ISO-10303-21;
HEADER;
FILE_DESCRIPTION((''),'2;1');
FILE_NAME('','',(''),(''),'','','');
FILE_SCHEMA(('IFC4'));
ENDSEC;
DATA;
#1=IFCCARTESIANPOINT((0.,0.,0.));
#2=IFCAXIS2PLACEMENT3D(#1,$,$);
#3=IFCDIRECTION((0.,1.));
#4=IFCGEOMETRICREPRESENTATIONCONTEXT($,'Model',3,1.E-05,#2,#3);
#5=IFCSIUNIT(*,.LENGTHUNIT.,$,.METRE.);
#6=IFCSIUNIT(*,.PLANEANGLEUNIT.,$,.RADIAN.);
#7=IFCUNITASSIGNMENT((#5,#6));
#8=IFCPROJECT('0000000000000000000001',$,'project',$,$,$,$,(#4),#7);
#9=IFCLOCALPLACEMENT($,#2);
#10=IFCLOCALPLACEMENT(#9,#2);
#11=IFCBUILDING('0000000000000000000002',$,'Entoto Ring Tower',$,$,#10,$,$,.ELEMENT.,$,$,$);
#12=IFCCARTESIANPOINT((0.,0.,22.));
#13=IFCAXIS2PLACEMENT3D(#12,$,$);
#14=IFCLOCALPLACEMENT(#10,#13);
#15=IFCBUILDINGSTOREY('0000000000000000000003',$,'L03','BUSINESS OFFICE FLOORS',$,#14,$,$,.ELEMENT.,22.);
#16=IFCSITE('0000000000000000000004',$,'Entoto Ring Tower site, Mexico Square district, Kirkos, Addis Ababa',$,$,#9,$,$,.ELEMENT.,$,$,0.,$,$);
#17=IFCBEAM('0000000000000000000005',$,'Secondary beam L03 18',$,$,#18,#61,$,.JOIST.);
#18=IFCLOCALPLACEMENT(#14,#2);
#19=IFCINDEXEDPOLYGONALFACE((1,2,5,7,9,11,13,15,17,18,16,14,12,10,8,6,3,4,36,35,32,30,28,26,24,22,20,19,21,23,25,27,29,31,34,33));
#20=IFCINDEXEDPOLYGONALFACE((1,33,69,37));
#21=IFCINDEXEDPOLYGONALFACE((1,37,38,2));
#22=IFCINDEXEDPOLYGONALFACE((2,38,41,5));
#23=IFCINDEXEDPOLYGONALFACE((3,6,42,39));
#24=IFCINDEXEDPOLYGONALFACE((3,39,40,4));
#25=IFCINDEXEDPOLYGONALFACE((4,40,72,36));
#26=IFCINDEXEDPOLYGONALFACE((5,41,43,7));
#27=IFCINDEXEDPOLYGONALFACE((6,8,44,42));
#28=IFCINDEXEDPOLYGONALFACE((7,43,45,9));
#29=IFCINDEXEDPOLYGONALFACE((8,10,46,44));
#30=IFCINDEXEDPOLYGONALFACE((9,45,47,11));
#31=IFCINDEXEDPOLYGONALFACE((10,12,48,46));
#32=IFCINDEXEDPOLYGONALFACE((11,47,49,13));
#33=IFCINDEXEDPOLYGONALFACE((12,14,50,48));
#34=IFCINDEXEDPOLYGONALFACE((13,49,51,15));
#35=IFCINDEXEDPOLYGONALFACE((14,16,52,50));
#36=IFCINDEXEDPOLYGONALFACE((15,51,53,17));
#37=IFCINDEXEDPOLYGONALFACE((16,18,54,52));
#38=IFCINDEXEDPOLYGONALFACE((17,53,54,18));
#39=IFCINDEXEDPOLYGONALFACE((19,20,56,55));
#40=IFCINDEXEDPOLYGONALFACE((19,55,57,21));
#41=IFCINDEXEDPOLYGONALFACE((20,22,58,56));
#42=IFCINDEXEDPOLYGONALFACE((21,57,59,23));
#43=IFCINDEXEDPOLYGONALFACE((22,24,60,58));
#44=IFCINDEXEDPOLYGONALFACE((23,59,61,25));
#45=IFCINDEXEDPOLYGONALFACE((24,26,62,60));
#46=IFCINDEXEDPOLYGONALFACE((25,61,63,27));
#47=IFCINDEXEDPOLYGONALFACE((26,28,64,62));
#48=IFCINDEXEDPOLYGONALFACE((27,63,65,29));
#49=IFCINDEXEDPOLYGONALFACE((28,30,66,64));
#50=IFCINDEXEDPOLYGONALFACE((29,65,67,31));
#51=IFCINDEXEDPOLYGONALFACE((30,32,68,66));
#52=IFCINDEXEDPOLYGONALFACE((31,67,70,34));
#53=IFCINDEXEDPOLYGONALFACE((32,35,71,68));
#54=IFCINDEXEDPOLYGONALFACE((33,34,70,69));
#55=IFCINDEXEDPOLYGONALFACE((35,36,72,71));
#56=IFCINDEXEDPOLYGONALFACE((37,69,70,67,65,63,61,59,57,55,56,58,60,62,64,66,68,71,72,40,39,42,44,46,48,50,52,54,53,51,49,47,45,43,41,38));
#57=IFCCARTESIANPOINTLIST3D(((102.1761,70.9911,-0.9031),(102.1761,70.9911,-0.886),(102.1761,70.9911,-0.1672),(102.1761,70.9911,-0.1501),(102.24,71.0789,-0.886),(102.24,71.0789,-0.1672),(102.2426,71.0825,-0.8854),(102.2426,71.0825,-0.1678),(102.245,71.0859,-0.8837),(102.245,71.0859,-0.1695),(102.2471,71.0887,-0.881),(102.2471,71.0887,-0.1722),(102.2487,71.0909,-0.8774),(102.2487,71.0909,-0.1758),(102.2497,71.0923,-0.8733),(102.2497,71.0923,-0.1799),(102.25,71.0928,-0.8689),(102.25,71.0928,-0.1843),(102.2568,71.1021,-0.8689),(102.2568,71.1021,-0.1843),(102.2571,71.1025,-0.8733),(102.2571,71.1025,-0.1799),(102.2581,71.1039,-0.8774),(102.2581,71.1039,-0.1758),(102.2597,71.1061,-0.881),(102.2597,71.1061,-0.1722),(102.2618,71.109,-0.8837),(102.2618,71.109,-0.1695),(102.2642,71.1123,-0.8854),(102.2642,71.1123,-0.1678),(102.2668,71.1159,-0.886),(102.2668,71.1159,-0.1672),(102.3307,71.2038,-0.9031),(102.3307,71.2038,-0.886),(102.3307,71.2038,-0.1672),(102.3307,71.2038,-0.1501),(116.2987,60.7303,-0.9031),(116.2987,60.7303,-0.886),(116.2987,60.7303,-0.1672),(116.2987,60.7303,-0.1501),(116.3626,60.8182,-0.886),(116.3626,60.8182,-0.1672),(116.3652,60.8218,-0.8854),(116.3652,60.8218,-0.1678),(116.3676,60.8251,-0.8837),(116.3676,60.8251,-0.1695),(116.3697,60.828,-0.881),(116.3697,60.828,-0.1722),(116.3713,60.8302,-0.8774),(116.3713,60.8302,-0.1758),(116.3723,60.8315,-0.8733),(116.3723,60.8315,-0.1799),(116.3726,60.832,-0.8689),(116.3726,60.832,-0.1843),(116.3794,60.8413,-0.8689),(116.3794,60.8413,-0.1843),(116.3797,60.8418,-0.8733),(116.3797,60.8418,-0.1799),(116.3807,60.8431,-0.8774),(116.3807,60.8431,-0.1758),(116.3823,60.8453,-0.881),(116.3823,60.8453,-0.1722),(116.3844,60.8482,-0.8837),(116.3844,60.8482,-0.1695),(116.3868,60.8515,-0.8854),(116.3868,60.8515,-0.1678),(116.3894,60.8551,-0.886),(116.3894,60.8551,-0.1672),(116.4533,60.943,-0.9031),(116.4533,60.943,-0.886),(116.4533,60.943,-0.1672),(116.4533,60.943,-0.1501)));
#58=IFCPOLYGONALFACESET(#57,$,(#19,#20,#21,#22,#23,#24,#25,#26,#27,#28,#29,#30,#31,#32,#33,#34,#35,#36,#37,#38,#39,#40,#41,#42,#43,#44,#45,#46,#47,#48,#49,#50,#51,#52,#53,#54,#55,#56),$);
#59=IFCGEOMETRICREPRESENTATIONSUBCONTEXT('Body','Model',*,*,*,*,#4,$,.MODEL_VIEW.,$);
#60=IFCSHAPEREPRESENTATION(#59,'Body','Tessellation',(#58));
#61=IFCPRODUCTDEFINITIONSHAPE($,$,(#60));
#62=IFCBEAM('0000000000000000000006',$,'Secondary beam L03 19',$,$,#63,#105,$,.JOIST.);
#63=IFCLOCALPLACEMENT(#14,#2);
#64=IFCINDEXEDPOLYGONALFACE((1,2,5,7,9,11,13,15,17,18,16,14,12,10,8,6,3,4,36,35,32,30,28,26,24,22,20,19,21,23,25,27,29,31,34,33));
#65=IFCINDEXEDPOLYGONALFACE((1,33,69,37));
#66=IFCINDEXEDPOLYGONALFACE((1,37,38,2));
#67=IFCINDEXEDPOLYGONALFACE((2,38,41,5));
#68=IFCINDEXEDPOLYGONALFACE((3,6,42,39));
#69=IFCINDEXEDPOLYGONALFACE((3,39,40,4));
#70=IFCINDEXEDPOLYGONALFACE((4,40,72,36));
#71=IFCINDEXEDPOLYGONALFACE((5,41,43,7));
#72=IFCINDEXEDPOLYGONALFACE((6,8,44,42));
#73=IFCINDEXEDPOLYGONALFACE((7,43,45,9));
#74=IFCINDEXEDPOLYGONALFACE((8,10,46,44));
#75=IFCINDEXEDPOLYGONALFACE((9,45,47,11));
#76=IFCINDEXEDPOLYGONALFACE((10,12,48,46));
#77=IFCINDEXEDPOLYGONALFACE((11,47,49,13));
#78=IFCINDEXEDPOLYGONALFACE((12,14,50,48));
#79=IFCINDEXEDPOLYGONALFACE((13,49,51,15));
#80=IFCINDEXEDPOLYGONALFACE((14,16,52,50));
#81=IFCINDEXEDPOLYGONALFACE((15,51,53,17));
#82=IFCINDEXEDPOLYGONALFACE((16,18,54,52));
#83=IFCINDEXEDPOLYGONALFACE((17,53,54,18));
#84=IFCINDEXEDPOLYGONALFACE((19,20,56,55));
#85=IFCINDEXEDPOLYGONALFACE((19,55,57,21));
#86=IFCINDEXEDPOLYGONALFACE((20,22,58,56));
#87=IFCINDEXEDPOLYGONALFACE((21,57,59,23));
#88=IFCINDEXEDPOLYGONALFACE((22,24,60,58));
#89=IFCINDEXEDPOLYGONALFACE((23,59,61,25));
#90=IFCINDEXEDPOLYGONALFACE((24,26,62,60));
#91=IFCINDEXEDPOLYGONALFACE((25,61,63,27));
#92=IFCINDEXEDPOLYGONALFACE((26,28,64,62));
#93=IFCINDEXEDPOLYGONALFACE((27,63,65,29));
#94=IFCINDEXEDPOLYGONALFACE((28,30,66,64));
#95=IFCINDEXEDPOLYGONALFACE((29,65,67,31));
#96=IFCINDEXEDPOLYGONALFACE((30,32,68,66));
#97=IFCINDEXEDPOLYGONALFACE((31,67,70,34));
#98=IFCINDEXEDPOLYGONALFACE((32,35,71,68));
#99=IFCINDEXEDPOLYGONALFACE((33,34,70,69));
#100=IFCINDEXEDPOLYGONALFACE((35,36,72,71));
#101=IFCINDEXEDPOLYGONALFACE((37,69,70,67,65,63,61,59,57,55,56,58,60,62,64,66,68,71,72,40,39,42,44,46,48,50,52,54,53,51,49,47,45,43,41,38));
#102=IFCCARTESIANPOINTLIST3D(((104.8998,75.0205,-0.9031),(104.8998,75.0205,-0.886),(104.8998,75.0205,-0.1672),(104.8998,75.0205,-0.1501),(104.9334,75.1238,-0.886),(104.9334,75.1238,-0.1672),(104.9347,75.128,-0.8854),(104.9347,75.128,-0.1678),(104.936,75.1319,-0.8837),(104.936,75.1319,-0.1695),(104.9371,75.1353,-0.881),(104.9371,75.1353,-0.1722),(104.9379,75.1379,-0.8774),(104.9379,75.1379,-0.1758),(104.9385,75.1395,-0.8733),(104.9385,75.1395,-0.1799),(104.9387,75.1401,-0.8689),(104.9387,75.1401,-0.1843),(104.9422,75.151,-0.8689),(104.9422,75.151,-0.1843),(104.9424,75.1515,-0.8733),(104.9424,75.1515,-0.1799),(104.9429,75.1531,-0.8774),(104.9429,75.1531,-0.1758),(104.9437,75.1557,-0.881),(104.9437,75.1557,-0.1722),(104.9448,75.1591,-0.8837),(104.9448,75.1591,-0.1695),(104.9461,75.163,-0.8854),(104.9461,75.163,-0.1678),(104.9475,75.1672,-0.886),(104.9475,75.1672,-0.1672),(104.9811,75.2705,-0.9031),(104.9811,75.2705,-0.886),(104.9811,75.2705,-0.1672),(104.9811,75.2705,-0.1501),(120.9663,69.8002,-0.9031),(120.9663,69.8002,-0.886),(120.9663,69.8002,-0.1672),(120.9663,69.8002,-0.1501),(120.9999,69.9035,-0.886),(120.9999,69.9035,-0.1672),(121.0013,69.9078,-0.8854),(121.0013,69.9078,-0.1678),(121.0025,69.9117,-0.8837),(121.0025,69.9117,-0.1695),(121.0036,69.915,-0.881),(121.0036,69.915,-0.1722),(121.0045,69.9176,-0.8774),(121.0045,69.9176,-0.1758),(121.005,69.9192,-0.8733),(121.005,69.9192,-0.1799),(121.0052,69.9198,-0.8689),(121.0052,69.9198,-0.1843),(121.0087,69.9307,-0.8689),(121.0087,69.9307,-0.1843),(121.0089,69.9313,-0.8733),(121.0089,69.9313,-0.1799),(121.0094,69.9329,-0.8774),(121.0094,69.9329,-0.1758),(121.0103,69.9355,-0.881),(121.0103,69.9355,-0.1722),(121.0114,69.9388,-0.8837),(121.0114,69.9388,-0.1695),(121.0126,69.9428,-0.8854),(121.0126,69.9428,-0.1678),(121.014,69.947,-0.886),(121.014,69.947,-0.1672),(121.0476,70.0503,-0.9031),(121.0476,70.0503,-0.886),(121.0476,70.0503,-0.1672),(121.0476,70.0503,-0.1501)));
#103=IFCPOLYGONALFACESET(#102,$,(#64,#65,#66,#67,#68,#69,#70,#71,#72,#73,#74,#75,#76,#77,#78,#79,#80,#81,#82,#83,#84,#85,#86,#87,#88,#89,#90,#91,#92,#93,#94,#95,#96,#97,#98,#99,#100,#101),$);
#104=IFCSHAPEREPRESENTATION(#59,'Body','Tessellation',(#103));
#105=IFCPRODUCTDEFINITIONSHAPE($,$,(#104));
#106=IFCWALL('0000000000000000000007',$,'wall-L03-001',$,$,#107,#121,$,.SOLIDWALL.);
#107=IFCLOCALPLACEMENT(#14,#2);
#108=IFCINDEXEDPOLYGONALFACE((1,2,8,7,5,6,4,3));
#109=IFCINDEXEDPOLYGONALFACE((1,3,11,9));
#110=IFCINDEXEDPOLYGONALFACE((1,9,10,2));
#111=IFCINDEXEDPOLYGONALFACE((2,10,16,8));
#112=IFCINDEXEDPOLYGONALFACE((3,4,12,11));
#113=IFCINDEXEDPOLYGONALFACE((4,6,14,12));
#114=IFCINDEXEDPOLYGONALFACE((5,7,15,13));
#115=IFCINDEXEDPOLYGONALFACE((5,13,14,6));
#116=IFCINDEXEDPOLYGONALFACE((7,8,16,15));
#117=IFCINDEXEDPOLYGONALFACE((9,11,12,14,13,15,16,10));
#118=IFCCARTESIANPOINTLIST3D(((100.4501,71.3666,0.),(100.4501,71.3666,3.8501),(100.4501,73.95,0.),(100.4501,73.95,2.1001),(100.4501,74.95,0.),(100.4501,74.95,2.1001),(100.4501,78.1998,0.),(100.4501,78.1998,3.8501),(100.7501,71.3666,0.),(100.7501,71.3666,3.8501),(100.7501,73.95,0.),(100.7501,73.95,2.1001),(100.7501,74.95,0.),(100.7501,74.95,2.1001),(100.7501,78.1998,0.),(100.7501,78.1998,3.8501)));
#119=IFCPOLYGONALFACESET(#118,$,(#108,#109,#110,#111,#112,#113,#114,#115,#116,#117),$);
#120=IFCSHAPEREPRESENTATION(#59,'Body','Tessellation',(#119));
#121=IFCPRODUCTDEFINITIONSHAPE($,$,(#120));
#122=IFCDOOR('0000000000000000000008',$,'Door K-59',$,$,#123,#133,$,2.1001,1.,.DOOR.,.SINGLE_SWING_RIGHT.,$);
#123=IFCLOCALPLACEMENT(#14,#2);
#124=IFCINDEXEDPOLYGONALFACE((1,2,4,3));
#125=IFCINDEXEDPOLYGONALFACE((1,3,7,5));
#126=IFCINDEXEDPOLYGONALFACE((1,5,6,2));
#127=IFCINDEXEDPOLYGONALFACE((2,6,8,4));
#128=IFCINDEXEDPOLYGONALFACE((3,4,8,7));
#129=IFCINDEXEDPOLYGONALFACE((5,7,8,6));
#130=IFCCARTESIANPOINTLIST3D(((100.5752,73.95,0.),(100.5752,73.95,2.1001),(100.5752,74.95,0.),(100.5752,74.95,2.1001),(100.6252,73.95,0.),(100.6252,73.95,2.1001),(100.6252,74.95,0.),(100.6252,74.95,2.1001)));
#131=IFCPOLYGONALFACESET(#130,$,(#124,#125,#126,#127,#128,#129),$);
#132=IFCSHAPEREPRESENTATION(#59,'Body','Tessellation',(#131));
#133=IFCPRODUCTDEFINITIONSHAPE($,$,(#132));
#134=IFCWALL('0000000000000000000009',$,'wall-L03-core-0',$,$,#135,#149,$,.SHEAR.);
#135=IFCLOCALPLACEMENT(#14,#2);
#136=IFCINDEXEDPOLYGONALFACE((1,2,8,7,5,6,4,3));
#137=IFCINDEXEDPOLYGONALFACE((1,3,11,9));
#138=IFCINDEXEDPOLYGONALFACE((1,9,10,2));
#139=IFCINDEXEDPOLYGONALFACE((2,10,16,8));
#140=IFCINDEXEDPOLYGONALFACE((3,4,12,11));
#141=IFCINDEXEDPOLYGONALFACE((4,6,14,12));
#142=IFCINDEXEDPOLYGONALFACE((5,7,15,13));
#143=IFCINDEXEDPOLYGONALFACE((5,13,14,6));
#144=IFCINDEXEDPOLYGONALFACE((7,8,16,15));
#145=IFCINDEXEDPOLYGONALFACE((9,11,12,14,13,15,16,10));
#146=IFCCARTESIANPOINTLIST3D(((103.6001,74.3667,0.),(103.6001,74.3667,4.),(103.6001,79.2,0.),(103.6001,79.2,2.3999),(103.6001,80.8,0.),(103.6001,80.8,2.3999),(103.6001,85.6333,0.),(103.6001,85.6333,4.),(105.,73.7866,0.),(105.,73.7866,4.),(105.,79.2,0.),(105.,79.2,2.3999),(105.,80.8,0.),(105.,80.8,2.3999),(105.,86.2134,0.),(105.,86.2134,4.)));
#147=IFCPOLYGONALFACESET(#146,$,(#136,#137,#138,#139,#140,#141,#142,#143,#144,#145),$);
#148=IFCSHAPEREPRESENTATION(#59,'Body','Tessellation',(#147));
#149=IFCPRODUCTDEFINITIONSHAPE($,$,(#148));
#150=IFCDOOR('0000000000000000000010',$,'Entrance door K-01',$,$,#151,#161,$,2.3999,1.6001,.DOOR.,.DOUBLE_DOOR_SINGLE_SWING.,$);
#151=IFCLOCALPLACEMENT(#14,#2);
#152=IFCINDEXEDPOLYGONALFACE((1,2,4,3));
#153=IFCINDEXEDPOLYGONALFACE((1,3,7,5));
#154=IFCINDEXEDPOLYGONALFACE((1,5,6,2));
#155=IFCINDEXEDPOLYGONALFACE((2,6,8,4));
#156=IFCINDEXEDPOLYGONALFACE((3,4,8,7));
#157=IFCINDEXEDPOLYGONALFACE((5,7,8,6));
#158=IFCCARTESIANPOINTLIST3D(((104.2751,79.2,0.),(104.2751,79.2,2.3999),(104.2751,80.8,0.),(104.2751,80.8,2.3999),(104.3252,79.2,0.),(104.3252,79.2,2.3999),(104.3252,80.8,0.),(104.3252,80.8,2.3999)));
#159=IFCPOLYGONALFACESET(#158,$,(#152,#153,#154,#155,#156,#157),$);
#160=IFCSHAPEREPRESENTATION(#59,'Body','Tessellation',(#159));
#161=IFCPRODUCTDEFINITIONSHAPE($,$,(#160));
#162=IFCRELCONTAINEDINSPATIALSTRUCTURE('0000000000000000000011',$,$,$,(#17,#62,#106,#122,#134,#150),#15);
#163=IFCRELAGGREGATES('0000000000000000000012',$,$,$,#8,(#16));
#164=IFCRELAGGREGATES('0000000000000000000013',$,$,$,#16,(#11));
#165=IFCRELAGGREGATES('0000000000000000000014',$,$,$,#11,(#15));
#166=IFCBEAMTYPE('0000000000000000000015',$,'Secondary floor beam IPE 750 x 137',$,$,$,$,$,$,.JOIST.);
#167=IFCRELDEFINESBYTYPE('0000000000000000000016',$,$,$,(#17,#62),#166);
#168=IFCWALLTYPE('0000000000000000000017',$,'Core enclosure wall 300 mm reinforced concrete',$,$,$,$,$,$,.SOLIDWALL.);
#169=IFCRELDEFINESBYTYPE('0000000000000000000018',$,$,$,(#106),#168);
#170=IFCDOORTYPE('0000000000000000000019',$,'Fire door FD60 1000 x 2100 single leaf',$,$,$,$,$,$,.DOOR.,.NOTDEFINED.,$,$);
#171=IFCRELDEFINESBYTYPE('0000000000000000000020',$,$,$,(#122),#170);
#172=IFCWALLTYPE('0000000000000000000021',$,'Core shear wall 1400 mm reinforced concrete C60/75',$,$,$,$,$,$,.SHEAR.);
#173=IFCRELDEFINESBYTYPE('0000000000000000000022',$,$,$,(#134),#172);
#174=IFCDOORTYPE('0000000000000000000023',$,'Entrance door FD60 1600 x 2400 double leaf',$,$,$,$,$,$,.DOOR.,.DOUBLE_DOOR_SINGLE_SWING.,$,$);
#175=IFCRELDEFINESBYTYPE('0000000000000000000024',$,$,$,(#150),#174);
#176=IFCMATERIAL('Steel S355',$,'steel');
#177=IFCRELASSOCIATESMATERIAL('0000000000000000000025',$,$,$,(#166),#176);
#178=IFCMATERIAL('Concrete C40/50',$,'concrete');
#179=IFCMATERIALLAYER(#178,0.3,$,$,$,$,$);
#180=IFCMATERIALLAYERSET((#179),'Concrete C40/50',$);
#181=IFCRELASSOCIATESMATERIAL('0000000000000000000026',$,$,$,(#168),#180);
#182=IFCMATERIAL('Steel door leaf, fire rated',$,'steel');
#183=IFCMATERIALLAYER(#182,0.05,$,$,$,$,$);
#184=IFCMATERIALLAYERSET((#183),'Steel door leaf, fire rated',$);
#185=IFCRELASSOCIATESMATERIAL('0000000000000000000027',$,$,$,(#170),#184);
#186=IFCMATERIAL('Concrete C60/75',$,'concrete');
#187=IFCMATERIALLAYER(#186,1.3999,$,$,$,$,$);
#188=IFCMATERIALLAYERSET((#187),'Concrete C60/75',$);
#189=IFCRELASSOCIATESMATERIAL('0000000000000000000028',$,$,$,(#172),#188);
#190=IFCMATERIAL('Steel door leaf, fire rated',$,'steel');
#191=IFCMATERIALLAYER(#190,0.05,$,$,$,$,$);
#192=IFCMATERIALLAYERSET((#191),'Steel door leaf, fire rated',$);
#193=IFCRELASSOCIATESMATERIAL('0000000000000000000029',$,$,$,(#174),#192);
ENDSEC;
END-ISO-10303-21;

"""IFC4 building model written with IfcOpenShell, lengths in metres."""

from ifc_helpers import new_model, si_unit, direction, frame, frame_2d, origin, origin_2d, place, context, subcontext, project, spatial, polyline, rectangle, i_section, outline, extrude, material, layer, layer_set, material_profile, profile_set, type_object, element, fill, save


model = new_model("IFC4")

# Units and contexts
model_context = context("Model", 3, precision=1e-05, world=origin(), true_north=direction((0.0, 1.0)))
body_context = subcontext(model_context, "Body", "Model", "MODEL_VIEW")
ifc_project = project(units=[si_unit("LENGTHUNIT", "METRE"), si_unit("PLANEANGLEUNIT", "RADIAN")], contexts=[model_context])

# Site, building, storey
site_placement = place(None, origin())
site = spatial("IfcSite", under=ifc_project, at=site_placement, Name="Entoto Ring Tower site, Mexico Square district, Kirkos, Addis Ababa", CompositionType="ELEMENT", RefElevation=0.0)
building_placement = place(site_placement, origin())
building = spatial("IfcBuilding", under=site, at=building_placement, Name="Entoto Ring Tower", CompositionType="ELEMENT")
storey_placement = place(building_placement, frame((0.0, 0.0, 22.0)))
storey = spatial("IfcBuildingStorey", under=building, at=storey_placement, Name="L03", Description="BUSINESS OFFICE FLOORS", CompositionType="ELEMENT", Elevation=22.0)

# Beams
ifc_material_1 = material(Name="Steel S355", Category="steel")
ifc_material_profile_1 = material_profile(ifc_material_1, i_section(OverallWidth=0.2629, OverallDepth=0.7529, WebThickness=0.0115, FlangeThickness=0.0171, FilletRadius=0.0171, at=origin_2d()), Name="IPE 750 x 137")
ifc_profile_set_1 = profile_set([ifc_material_profile_1], Name="Steel S355")
beam_type_1 = type_object("IfcBeamType", Name="Secondary floor beam IPE 750 x 137", PredefinedType="JOIST", material=ifc_profile_set_1)
for number, where, z_axis, x_axis, name in (
    (1, (102.2534, 71.0974, -0.5266), (0.809014, -0.587789, 0.0), (0.587789, 0.809014, 0.0), "Secondary beam L03 18"),
):
    element("IfcBeam", number, at=place(storey_placement, frame(where, z_axis=z_axis, x_axis=x_axis)), inside=storey, type_object=beam_type_1, Name=name, PredefinedType="JOIST", context=body_context, shape_type="SweptSolid", body=[
        extrude(i_section(OverallWidth=0.2629, OverallDepth=0.7529, WebThickness=0.0115, FlangeThickness=0.0171, FilletRadius=0.0171, at=origin_2d()), origin(), (0.0, 0.0, 1.0), 17.4565),
    ])
beam_1_placement = place(storey_placement, frame((104.9404, 75.1455, -0.5266), z_axis=(0.951058, -0.309013, 0.0), x_axis=(0.309013, 0.951058, 0.0)))
element("IfcBeam", 2, at=beam_1_placement, inside=storey, type_object=beam_type_1, Name="Secondary beam L03 19", PredefinedType="JOIST", context=body_context, shape_type="SweptSolid", body=[
    extrude(i_section(OverallWidth=0.2629, OverallDepth=0.7529, WebThickness=0.0115, FlangeThickness=0.0171, FilletRadius=0.0171, at=origin_2d()), origin(), (0.0, 0.0, 1.0), 16.8933),
])

# Walls, openings, doors
ifc_material_2 = material(Name="Concrete C40/50", Category="concrete")
ifc_layer_1 = layer(ifc_material_2, 0.3)
ifc_layer_set_1 = layer_set([ifc_layer_1], Name="Concrete C40/50")
wall_type_1 = type_object("IfcWallType", Name="Core enclosure wall 300 mm reinforced concrete", PredefinedType="SOLIDWALL", material=ifc_layer_set_1)
wall_1_placement = place(storey_placement, frame((100.6001, 71.3667, 0.0), z_axis=(0.0, 0.0, 1.0), x_axis=(0.0, 1.0, 0.0)))
wall_1 = element("IfcWall", 3, at=wall_1_placement, inside=storey, type_object=wall_type_1, Name="wall-L03-001", PredefinedType="SOLIDWALL", context=body_context, shape_type="SweptSolid", body=[
    extrude(rectangle(XDim=6.8333, YDim=0.3, at=frame_2d((3.4165, 0.0))), origin(), (0.0, 0.0, 1.0), 3.8501),
])
opening_1_placement = place(wall_1_placement, frame((2.5833, 0.0, 0.0)))
opening_1 = element("IfcOpeningElement", 4, at=opening_1_placement, cuts=wall_1, PredefinedType="OPENING", context=body_context, shape_type="SweptSolid", body=[
    extrude(rectangle(XDim=1.0, YDim=2.1001, at=frame_2d((0.5, 1.05))), frame((0.0, 0.1602, 0.0), z_axis=(0.0, -1.0, 0.0), x_axis=(1.0, 0.0, 0.0)), (0.0, 0.0, 1.0), 0.3201),
])
ifc_material_3 = material(Name="Steel door leaf, fire rated", Category="steel")
ifc_layer_2 = layer(ifc_material_3, 0.05)
ifc_layer_set_2 = layer_set([ifc_layer_2], Name="Steel door leaf, fire rated")
door_type_1 = type_object("IfcDoorType", Name="Fire door FD60 1000 x 2100 single leaf", OperationType="NOTDEFINED", PredefinedType="DOOR", material=ifc_layer_set_2)
door_1_placement = place(opening_1_placement, origin())
door_1 = element("IfcDoor", 5, at=door_1_placement, inside=storey, type_object=door_type_1, Name="Door K-59", OperationType="SINGLE_SWING_RIGHT", OverallHeight=2.1001, OverallWidth=1.0, PredefinedType="DOOR", context=body_context, shape_type="SweptSolid", body=[
    extrude(rectangle(XDim=1.0, YDim=2.1001, at=frame_2d((0.5, 1.05))), frame((0.0, 0.0249, 0.0), z_axis=(0.0, -1.0, 0.0), x_axis=(1.0, 0.0, 0.0)), (0.0, 0.0, 1.0), 0.05),
])
fill(opening_1, door_1)
ifc_material_4 = material(Name="Concrete C60/75", Category="concrete")
ifc_layer_3 = layer(ifc_material_4, 1.3999)
ifc_layer_set_3 = layer_set([ifc_layer_3], Name="Concrete C60/75")
wall_type_2 = type_object("IfcWallType", Name="Core shear wall 1400 mm reinforced concrete C60/75", PredefinedType="SHEAR", material=ifc_layer_set_3)
wall_2_placement = place(storey_placement, frame((104.3, 74.0767, 0.0), z_axis=(0.0, 0.0, 1.0), x_axis=(0.0, 1.0, 0.0)))
wall_2 = element("IfcWall", 6, at=wall_2_placement, inside=storey, type_object=wall_type_2, Name="wall-L03-core-0", PredefinedType="SHEAR", context=body_context, shape_type="SweptSolid", body=[
    extrude(outline(polyline([(-0.29, -0.7), (12.1367, -0.7), (11.5566, 0.7), (0.29, 0.7), (-0.29, -0.7)])), origin(), (0.0, 0.0, 1.0), 4.0),
])
opening_2_placement = place(wall_2_placement, frame((5.1233, 0.0, 0.0)))
opening_2 = element("IfcOpeningElement", 7, at=opening_2_placement, cuts=wall_2, PredefinedType="OPENING", context=body_context, shape_type="SweptSolid", body=[
    extrude(rectangle(XDim=1.6001, YDim=2.3999, at=frame_2d((0.8, 1.2))), frame((0.0, 0.71, 0.0), z_axis=(0.0, -1.0, 0.0), x_axis=(1.0, 0.0, 0.0)), (0.0, 0.0, 1.0), 1.4199),
])
ifc_material_5 = material(Name="Steel door leaf, fire rated", Category="steel")
ifc_layer_4 = layer(ifc_material_5, 0.05)
ifc_layer_set_4 = layer_set([ifc_layer_4], Name="Steel door leaf, fire rated")
door_type_2 = type_object("IfcDoorType", Name="Entrance door FD60 1600 x 2400 double leaf", OperationType="DOUBLE_DOOR_SINGLE_SWING", PredefinedType="DOOR", material=ifc_layer_set_4)
door_2_placement = place(opening_2_placement, origin())
door_2 = element("IfcDoor", 8, at=door_2_placement, inside=storey, type_object=door_type_2, Name="Entrance door K-01", OperationType="DOUBLE_DOOR_SINGLE_SWING", OverallHeight=2.3999, OverallWidth=1.6001, PredefinedType="DOOR", context=body_context, shape_type="SweptSolid", body=[
    extrude(rectangle(XDim=1.6001, YDim=2.3999, at=frame_2d((0.8, 1.2))), frame((0.0, 0.0249, 0.0), z_axis=(0.0, -1.0, 0.0), x_axis=(1.0, 0.0, 0.0)), (0.0, 0.0, 1.0), 0.05),
])
fill(opening_2, door_2)

save(model, "model.ifc")
